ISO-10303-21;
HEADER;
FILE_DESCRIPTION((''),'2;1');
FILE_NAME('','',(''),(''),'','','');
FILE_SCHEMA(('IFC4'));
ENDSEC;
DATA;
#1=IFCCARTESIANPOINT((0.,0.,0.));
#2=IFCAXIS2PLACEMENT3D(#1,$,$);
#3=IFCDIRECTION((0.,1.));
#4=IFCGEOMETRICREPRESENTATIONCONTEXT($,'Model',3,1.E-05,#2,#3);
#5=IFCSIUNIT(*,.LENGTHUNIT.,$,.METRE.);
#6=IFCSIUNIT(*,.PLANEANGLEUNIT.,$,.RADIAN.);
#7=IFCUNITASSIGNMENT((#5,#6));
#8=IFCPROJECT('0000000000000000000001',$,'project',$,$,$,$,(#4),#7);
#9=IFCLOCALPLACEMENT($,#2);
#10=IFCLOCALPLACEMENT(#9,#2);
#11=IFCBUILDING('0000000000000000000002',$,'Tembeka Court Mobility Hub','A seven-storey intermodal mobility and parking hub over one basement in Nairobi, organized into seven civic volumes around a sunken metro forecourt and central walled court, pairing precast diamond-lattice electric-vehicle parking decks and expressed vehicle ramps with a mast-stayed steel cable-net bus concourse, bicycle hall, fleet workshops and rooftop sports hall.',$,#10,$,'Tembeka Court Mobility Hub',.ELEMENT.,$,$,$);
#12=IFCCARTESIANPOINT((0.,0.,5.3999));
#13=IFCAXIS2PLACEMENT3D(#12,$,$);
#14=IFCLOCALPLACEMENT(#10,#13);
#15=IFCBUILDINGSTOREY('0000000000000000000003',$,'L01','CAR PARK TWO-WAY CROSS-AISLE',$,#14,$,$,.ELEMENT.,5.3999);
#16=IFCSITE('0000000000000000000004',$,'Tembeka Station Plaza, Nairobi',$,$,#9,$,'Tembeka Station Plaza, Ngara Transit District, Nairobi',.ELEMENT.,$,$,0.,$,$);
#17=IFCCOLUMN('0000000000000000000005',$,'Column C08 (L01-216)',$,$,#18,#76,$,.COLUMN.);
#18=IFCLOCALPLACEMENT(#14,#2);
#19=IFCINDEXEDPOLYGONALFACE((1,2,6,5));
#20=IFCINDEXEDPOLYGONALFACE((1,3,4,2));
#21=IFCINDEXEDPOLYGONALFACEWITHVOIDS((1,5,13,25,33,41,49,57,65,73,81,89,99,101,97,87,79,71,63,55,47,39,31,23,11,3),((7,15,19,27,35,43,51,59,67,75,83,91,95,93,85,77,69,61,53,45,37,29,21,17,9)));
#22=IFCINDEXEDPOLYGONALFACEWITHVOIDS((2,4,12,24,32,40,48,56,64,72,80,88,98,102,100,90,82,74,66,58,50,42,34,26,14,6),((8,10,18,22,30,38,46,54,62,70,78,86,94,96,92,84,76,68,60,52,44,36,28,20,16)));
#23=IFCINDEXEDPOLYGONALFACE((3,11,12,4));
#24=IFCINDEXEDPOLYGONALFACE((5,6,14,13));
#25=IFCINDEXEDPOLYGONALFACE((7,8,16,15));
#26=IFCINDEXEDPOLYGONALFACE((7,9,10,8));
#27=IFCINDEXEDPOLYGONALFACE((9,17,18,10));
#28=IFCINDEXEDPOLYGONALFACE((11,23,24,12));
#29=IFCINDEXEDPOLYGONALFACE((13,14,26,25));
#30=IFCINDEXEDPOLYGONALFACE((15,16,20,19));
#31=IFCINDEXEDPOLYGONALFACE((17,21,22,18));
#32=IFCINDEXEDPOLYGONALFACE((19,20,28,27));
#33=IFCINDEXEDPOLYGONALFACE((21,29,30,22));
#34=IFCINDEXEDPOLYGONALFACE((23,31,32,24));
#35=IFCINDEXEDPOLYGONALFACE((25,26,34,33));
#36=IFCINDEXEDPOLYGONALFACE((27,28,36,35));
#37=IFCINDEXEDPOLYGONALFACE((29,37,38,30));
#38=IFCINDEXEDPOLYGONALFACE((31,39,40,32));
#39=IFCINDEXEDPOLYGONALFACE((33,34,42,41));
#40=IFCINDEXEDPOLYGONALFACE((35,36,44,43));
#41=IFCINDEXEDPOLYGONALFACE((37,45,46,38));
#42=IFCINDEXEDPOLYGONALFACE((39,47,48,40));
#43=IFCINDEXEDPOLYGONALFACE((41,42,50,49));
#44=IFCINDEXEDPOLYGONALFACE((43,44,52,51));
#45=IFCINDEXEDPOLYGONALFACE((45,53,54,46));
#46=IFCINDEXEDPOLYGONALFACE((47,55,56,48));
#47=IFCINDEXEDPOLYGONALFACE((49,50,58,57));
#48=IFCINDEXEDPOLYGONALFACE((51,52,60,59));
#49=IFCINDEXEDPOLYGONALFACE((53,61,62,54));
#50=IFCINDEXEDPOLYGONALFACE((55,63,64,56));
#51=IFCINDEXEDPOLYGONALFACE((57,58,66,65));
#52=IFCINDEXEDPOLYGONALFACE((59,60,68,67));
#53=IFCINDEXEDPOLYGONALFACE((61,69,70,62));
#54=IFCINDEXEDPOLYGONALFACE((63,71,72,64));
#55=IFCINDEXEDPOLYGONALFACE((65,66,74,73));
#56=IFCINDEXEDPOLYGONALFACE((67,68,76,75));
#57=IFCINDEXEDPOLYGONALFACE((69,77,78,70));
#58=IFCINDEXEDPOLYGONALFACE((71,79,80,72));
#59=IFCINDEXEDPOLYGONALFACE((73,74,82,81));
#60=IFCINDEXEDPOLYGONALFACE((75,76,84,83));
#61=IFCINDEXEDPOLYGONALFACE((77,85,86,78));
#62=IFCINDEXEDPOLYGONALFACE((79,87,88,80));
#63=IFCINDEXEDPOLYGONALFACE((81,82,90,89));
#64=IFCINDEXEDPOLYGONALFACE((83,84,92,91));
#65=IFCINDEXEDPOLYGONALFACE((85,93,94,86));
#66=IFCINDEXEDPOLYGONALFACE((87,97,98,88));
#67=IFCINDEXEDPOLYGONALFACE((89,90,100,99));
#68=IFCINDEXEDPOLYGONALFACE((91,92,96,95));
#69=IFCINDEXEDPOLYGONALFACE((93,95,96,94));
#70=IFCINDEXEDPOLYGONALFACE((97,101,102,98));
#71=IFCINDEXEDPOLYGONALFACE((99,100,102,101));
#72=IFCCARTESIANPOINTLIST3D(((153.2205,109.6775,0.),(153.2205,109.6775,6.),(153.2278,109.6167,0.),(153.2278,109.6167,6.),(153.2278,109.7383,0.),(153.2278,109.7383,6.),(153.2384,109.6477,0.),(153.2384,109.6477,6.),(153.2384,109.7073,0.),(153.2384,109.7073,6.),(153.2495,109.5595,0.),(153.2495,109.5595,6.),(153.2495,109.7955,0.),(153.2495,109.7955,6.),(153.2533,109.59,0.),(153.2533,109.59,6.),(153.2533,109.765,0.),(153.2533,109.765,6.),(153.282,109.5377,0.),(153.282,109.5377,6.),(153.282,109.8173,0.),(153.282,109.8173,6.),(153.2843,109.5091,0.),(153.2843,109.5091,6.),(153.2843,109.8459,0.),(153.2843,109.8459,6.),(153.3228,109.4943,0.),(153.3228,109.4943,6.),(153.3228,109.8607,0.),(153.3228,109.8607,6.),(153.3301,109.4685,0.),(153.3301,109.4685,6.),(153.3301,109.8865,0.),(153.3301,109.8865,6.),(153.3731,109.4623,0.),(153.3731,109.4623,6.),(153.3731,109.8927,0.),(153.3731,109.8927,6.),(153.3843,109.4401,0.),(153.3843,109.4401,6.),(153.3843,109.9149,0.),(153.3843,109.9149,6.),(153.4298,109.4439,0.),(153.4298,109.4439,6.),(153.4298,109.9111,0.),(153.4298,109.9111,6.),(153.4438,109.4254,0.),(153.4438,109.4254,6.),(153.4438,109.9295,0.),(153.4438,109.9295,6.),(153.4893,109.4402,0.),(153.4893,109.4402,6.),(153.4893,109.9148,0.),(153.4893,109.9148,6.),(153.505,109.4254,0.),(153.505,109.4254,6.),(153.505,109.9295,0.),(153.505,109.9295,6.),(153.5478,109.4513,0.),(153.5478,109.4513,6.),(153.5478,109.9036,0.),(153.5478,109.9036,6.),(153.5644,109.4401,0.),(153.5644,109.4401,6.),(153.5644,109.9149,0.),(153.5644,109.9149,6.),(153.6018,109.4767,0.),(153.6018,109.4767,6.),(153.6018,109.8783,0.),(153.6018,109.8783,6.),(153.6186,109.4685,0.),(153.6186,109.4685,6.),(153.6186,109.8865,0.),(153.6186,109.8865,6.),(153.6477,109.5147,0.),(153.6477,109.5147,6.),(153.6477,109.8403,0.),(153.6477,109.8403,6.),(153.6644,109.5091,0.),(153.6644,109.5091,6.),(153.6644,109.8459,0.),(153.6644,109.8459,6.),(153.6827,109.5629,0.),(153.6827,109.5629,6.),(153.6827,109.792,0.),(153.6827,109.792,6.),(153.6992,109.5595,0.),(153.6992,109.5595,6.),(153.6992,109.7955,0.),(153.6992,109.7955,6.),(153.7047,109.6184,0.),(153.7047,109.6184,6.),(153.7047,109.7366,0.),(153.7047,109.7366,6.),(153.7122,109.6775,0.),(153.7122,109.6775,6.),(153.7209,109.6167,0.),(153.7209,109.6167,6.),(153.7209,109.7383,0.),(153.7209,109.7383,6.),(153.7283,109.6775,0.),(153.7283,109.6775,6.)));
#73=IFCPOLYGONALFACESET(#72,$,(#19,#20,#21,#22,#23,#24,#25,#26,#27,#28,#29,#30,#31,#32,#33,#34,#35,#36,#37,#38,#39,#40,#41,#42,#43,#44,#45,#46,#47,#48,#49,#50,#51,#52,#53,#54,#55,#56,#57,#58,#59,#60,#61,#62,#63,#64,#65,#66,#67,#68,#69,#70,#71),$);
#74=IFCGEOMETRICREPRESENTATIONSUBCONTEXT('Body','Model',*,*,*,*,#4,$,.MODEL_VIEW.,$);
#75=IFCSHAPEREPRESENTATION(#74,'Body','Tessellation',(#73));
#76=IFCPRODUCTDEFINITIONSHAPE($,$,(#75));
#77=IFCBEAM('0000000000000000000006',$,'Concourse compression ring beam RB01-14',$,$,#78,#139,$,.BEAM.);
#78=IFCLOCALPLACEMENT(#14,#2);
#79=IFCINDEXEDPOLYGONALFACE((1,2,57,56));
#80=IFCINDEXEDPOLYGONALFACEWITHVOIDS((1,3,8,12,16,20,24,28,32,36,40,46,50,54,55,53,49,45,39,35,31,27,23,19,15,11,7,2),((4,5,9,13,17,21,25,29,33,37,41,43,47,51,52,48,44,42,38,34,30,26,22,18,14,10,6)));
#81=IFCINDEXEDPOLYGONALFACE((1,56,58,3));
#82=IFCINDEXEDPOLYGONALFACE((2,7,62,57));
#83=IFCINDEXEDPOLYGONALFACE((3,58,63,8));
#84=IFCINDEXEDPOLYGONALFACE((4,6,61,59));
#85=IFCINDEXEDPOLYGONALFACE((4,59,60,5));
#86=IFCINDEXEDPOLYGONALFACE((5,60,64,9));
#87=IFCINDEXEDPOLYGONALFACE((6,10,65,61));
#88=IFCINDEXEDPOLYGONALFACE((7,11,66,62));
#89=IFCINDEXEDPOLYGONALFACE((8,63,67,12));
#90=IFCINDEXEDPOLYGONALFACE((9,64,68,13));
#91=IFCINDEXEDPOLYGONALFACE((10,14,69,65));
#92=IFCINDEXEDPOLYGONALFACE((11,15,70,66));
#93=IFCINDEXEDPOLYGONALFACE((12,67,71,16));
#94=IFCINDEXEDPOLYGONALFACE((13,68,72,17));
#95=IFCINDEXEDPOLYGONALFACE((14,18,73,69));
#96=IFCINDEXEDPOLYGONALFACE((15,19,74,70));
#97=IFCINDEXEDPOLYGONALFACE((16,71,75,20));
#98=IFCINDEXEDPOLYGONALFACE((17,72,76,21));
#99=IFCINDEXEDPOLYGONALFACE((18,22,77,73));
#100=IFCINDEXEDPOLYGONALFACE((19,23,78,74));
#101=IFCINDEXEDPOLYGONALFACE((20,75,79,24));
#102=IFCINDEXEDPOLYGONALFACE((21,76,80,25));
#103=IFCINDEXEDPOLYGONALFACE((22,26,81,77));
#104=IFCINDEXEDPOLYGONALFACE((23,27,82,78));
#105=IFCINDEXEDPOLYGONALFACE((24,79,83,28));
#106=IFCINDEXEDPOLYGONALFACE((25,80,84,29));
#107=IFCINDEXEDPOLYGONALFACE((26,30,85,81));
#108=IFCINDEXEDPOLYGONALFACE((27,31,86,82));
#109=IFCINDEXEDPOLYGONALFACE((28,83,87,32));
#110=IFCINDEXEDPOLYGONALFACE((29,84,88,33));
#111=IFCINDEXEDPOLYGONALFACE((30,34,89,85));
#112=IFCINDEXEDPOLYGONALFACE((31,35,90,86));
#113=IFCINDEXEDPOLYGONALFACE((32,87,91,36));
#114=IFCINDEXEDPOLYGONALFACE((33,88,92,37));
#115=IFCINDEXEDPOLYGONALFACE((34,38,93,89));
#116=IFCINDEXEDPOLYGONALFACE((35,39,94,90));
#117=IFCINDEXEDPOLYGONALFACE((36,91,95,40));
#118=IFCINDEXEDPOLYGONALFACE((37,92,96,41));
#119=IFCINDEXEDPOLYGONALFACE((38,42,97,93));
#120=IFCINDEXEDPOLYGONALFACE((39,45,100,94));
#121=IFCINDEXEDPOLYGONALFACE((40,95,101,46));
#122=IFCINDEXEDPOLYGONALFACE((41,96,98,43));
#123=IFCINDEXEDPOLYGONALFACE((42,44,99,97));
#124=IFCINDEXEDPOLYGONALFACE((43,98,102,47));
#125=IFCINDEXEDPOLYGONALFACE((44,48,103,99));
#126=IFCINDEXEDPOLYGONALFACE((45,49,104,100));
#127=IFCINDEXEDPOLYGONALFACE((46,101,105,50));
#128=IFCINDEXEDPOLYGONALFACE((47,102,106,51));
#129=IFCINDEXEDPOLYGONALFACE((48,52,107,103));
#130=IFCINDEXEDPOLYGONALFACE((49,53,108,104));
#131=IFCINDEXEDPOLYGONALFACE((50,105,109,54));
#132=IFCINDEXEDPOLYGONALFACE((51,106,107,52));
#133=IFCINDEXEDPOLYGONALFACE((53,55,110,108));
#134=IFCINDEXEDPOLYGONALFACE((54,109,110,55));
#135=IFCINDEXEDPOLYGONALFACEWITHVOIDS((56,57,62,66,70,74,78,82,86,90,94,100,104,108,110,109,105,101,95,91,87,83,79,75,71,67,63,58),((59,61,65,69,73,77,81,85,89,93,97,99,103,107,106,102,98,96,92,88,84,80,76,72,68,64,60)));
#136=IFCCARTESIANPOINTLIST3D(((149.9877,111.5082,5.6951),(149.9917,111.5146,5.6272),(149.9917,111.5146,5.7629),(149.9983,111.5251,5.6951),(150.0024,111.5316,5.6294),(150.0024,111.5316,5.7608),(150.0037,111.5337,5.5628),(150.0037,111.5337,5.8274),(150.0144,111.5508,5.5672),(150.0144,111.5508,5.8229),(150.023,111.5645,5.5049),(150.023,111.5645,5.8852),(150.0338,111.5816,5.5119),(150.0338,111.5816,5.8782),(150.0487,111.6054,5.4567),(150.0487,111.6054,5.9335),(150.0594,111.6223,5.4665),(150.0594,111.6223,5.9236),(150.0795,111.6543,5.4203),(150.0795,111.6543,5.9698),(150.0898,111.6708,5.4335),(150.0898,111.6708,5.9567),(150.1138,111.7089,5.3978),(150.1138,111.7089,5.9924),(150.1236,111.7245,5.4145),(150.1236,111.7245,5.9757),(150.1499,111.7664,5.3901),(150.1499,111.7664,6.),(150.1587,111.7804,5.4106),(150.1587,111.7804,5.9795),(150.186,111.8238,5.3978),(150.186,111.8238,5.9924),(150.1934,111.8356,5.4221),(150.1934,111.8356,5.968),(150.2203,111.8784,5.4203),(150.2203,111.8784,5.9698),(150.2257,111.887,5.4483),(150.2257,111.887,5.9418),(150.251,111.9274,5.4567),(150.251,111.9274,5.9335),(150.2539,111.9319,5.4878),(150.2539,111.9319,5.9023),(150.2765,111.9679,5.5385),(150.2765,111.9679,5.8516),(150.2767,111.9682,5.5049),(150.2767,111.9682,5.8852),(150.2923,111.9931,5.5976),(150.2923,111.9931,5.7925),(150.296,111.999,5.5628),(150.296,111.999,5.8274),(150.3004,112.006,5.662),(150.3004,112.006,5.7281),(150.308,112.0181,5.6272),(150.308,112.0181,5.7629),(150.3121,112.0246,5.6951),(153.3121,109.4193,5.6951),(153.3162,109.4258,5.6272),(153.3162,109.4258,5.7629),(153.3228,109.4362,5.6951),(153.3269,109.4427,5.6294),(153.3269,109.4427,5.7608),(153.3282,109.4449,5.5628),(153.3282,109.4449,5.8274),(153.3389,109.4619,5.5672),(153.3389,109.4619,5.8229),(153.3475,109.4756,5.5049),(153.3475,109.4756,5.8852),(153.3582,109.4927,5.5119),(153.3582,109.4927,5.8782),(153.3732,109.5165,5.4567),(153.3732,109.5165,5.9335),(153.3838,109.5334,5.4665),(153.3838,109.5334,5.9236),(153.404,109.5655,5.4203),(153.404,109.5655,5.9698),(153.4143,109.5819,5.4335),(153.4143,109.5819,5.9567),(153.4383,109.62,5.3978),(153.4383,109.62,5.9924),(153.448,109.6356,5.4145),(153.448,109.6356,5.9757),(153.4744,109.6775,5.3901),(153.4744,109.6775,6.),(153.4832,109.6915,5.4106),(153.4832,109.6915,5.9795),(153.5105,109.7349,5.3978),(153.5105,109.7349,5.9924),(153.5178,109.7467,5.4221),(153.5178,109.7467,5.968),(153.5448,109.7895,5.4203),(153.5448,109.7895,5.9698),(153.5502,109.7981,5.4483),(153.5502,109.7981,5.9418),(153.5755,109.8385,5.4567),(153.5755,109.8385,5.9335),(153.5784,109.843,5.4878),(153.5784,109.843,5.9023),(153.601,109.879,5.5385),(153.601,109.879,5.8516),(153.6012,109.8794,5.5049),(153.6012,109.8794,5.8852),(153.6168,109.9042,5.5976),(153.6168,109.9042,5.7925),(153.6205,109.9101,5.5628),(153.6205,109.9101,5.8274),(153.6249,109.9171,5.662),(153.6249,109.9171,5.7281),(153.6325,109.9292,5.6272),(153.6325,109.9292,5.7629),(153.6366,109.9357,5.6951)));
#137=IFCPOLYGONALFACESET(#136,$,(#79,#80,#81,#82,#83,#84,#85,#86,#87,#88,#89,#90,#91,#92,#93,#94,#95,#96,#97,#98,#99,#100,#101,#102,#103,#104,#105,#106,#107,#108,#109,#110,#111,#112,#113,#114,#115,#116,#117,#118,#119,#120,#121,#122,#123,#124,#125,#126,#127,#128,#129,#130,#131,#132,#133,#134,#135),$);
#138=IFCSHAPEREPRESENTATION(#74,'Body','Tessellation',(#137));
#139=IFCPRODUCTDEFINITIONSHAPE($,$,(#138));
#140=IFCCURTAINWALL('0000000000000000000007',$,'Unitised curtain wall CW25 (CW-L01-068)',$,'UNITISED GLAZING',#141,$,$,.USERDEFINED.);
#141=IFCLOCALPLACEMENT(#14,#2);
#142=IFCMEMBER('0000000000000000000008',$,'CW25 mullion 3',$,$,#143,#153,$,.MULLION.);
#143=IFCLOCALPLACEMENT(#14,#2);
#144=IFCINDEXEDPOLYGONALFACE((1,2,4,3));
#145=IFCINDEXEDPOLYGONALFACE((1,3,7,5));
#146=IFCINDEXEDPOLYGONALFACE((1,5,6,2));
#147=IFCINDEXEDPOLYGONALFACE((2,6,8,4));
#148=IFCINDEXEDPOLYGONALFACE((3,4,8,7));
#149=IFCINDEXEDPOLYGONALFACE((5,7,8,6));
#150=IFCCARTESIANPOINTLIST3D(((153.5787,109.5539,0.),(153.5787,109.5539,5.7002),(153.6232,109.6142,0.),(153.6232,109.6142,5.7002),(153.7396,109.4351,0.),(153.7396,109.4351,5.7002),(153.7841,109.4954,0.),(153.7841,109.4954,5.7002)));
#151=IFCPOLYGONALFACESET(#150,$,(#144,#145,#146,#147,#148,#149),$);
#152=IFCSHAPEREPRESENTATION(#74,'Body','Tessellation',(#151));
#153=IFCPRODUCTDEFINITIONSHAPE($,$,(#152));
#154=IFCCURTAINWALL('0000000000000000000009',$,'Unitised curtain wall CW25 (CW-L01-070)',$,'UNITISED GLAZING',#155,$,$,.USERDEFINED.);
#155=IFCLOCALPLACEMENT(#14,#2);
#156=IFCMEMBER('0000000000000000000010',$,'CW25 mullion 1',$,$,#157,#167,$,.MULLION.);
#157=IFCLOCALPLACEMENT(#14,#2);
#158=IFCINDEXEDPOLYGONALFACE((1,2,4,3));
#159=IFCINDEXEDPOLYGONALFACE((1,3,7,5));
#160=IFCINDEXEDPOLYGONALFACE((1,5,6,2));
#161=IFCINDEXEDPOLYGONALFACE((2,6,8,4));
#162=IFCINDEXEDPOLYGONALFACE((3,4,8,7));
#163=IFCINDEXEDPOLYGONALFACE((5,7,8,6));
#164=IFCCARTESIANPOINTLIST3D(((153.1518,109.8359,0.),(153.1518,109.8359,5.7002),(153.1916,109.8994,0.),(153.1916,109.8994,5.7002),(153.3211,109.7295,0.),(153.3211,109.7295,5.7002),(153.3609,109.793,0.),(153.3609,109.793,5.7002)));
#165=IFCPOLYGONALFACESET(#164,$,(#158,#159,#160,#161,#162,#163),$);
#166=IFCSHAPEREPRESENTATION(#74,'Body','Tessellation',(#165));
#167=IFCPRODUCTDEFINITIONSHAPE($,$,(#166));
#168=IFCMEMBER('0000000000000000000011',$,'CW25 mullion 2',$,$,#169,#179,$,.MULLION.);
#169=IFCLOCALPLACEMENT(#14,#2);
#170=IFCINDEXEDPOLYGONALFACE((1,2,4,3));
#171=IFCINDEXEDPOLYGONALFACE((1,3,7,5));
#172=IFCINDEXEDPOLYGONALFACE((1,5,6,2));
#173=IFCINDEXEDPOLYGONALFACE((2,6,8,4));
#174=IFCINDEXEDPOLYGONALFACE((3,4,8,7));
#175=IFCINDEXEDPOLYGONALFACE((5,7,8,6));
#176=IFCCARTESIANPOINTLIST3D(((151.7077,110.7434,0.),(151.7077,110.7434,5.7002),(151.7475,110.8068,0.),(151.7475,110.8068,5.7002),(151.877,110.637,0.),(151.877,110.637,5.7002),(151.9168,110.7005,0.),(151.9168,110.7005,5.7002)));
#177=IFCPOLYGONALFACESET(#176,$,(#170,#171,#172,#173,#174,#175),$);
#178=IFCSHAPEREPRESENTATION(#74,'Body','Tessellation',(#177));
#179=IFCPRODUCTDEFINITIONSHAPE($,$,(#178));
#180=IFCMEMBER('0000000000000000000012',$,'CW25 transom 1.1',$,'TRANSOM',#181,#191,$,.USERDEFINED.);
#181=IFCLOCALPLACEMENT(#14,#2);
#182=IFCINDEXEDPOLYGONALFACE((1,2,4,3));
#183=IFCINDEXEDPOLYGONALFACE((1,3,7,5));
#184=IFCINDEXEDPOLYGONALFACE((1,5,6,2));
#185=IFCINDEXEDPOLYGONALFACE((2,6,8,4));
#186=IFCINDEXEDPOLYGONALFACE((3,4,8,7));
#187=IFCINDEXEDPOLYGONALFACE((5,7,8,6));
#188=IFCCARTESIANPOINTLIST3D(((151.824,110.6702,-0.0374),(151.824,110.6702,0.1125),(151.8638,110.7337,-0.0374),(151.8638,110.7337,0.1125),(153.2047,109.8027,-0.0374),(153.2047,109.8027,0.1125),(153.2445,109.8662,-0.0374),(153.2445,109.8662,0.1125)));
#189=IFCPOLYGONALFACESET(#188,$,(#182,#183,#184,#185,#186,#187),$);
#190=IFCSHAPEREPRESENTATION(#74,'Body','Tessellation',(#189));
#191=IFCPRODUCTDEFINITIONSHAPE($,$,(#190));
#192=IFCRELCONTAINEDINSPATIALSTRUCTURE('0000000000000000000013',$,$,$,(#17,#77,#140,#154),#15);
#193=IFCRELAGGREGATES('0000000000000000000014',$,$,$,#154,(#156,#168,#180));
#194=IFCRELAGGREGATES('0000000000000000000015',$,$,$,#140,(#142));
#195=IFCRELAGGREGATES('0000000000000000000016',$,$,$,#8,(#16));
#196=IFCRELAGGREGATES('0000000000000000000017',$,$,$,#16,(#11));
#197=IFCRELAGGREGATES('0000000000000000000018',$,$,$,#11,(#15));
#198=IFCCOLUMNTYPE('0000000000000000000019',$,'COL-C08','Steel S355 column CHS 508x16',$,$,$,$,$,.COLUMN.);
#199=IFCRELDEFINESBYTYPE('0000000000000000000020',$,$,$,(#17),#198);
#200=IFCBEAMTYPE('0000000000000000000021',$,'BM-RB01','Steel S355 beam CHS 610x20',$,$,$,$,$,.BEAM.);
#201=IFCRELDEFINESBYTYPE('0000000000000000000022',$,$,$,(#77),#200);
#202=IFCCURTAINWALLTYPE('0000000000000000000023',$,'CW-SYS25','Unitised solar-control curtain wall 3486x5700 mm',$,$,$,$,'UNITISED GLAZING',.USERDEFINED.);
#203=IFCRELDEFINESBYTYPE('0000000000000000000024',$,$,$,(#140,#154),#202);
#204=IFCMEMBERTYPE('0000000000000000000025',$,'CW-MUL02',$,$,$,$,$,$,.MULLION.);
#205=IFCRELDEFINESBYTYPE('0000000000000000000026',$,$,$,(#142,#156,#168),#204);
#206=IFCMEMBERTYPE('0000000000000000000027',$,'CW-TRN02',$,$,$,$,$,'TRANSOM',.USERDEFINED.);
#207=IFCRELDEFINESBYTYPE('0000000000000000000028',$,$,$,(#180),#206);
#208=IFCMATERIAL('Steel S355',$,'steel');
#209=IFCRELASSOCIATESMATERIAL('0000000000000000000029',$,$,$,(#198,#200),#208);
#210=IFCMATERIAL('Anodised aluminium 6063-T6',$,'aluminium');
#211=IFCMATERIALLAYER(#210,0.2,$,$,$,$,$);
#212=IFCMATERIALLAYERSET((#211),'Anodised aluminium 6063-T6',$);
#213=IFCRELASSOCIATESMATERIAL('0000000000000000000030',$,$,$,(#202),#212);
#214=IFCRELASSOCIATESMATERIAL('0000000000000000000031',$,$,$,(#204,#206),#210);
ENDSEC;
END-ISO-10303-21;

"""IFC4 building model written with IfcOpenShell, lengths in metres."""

from ifc_helpers import new_model, si_unit, direction, frame, origin, origin_2d, place, context, subcontext, project, spatial, rectangle, hollow_circle, extrude, material, layer, layer_set, material_profile, profile_set, type_object, element, aggregate, save


model = new_model("IFC4")

# Units and contexts
model_context = context("Model", 3, precision=1e-05, world=origin(), true_north=direction((0.0, 1.0)))
body_context = subcontext(model_context, "Body", "Model", "MODEL_VIEW")
ifc_project = project(units=[si_unit("LENGTHUNIT", "METRE"), si_unit("PLANEANGLEUNIT", "RADIAN")], contexts=[model_context])

# Site, building, storey
site_placement = place(None, origin())
site = spatial("IfcSite", under=ifc_project, at=site_placement, Name="Tembeka Station Plaza, Nairobi", LongName="Tembeka Station Plaza, Ngara Transit District, Nairobi", CompositionType="ELEMENT", RefElevation=0.0)
building_placement = place(site_placement, origin())
building = spatial("IfcBuilding", under=site, at=building_placement, Name="Tembeka Court Mobility Hub", Description="A seven-storey intermodal mobility and parking hub over one basement in Nairobi, organized into seven civic volumes around a sunken metro forecourt and central walled court, pairing precast diamond-lattice electric-vehicle parking decks and expressed vehicle ramps with a mast-stayed steel cable-net bus concourse, bicycle hall, fleet workshops and rooftop sports hall.", LongName="Tembeka Court Mobility Hub", CompositionType="ELEMENT")
storey_placement = place(building_placement, frame((0.0, 0.0, 5.3999)))
storey = spatial("IfcBuildingStorey", under=building, at=storey_placement, Name="L01", Description="CAR PARK TWO-WAY CROSS-AISLE", CompositionType="ELEMENT", Elevation=5.3999)

# Column
ifc_material_1 = material(Name="Steel S355", Category="steel")
ifc_material_profile_1 = material_profile(ifc_material_1, hollow_circle(Radius=0.2539, WallThickness=0.0161, at=origin_2d()), Name="CHS 508x16")
ifc_profile_set_1 = profile_set([ifc_material_profile_1], Name="Steel S355")
column_type = type_object("IfcColumnType", Name="COL-C08", Description="Steel S355 column CHS 508x16", PredefinedType="COLUMN", material=ifc_profile_set_1)
column_placement = place(storey_placement, frame((153.4744, 109.6775, 0.0), z_axis=(0.0, 0.0, 1.0), x_axis=(1.0, 0.0, 0.0)))
element("IfcColumn", 1, at=column_placement, inside=storey, type_object=column_type, Name="Column C08 (L01-216)", PredefinedType="COLUMN", context=body_context, shape_type="SweptSolid", body=[
    extrude(hollow_circle(Radius=0.2539, WallThickness=0.0161, at=origin_2d()), origin(), (0.0, 0.0, 1.0), 6.0),
])

# Beam
ifc_material_profile_2 = material_profile(ifc_material_1, hollow_circle(Radius=0.3049, WallThickness=0.02, at=origin_2d()), Name="CHS 610x20")
ifc_profile_set_2 = profile_set([ifc_material_profile_2], Name="Steel S355")
beam_type = type_object("IfcBeamType", Name="BM-RB01", Description="Steel S355 beam CHS 610x20", PredefinedType="BEAM", material=ifc_profile_set_2)
beam_placement = place(storey_placement, frame((153.4744, 109.6775, 5.6951), z_axis=(-0.846728, 0.532026, 0.0), x_axis=(-0.532026, -0.846728, 0.0)))
element("IfcBeam", 2, at=beam_placement, inside=storey, type_object=beam_type, Name="Concourse compression ring beam RB01-14", PredefinedType="BEAM", context=body_context, shape_type="SweptSolid", body=[
    extrude(hollow_circle(Radius=0.3049, WallThickness=0.02, at=origin_2d()), origin(), (0.0, 0.0, 1.0), 3.9263),
])

# Curtain wall, member
ifc_material_2 = material(Name="Anodised aluminium 6063-T6", Category="aluminium")
ifc_layer_1 = layer(ifc_material_2, 0.2)
ifc_layer_set_1 = layer_set([ifc_layer_1], Name="Anodised aluminium 6063-T6")
curtain_wall_type = type_object("IfcCurtainWallType", Name="CW-SYS25", Description="Unitised solar-control curtain wall 3486x5700 mm", ElementType="UNITISED GLAZING", PredefinedType="USERDEFINED", material=ifc_layer_set_1)
curtain_wall_1_placement = place(storey_placement, origin())
curtain_wall_1 = element("IfcCurtainWall", 3, at=curtain_wall_1_placement, inside=storey, type_object=curtain_wall_type, Name="Unitised curtain wall CW25 (CW-L01-068)", ObjectType="UNITISED GLAZING", PredefinedType="USERDEFINED")
ifc_material_profile_3 = material_profile(ifc_material_2, rectangle(XDim=0.075, YDim=0.2, at=origin_2d()), Name="ALU-MUL 75x200")
ifc_profile_set_3 = profile_set([ifc_material_profile_3], Name="Anodised aluminium 6063-T6")
member_type_1 = type_object("IfcMemberType", Name="CW-MUL02", PredefinedType="MULLION", material=ifc_profile_set_3)
member_1_placement = place(storey_placement, frame((153.6814, 109.5247, 0.0), z_axis=(0.0, 0.0, 1.0), x_axis=(-0.593818, -0.804599, 0.0)))
member_1 = element("IfcMember", 4, at=member_1_placement, type_object=member_type_1, Name="CW25 mullion 3", PredefinedType="MULLION", context=body_context, shape_type="SweptSolid", body=[
    extrude(rectangle(XDim=0.075, YDim=0.2, at=origin_2d()), origin(), (0.0, 0.0, 1.0), 5.7002),
])

# Curtain wall, members
curtain_wall_2_placement = place(storey_placement, origin())
curtain_wall_2 = element("IfcCurtainWall", 5, at=curtain_wall_2_placement, inside=storey, type_object=curtain_wall_type, Name="Unitised curtain wall CW25 (CW-L01-070)", ObjectType="UNITISED GLAZING", PredefinedType="USERDEFINED")
member_2_placement = place(storey_placement, frame((153.2563, 109.8145, 0.0), z_axis=(0.0, 0.0, 1.0), x_axis=(-0.532058, -0.846708, 0.0)))
member_2 = element("IfcMember", 6, at=member_2_placement, type_object=member_type_1, Name="CW25 mullion 1", PredefinedType="MULLION", context=body_context, shape_type="SweptSolid", body=[
    extrude(rectangle(XDim=0.075, YDim=0.2, at=origin_2d()), origin(), (0.0, 0.0, 1.0), 5.7002),
])
member_3_placement = place(storey_placement, frame((151.8123, 110.7219, 0.0), z_axis=(0.0, 0.0, 1.0), x_axis=(-0.532058, -0.846708, 0.0)))
member_3 = element("IfcMember", 7, at=member_3_placement, type_object=member_type_1, Name="CW25 mullion 2", PredefinedType="MULLION", context=body_context, shape_type="SweptSolid", body=[
    extrude(rectangle(XDim=0.075, YDim=0.2, at=origin_2d()), origin(), (0.0, 0.0, 1.0), 5.7002),
])
ifc_material_profile_4 = material_profile(ifc_material_2, rectangle(XDim=0.075, YDim=0.1499, at=origin_2d()), Name="ALU-TRN 75x150")
ifc_profile_set_4 = profile_set([ifc_material_profile_4], Name="Anodised aluminium 6063-T6")
member_type_2 = type_object("IfcMemberType", Name="CW-TRN02", ElementType="TRANSOM", PredefinedType="USERDEFINED", material=ifc_profile_set_4)
member_4_placement = place(storey_placement, frame((153.2246, 109.8345, 0.0376), z_axis=(-0.846743, 0.532003, 0.0), x_axis=(-0.532003, -0.846743, 0.0)))
member_4 = element("IfcMember", 8, at=member_4_placement, type_object=member_type_2, Name="CW25 transom 1.1", ObjectType="TRANSOM", PredefinedType="USERDEFINED", context=body_context, shape_type="SweptSolid", body=[
    extrude(rectangle(XDim=0.075, YDim=0.1499, at=origin_2d()), origin(), (0.0, 0.0, 1.0), 1.6306),
])

aggregate(curtain_wall_2, [member_2, member_3, member_4])
aggregate(curtain_wall_1, [member_1])

save(model, "model.ifc")
